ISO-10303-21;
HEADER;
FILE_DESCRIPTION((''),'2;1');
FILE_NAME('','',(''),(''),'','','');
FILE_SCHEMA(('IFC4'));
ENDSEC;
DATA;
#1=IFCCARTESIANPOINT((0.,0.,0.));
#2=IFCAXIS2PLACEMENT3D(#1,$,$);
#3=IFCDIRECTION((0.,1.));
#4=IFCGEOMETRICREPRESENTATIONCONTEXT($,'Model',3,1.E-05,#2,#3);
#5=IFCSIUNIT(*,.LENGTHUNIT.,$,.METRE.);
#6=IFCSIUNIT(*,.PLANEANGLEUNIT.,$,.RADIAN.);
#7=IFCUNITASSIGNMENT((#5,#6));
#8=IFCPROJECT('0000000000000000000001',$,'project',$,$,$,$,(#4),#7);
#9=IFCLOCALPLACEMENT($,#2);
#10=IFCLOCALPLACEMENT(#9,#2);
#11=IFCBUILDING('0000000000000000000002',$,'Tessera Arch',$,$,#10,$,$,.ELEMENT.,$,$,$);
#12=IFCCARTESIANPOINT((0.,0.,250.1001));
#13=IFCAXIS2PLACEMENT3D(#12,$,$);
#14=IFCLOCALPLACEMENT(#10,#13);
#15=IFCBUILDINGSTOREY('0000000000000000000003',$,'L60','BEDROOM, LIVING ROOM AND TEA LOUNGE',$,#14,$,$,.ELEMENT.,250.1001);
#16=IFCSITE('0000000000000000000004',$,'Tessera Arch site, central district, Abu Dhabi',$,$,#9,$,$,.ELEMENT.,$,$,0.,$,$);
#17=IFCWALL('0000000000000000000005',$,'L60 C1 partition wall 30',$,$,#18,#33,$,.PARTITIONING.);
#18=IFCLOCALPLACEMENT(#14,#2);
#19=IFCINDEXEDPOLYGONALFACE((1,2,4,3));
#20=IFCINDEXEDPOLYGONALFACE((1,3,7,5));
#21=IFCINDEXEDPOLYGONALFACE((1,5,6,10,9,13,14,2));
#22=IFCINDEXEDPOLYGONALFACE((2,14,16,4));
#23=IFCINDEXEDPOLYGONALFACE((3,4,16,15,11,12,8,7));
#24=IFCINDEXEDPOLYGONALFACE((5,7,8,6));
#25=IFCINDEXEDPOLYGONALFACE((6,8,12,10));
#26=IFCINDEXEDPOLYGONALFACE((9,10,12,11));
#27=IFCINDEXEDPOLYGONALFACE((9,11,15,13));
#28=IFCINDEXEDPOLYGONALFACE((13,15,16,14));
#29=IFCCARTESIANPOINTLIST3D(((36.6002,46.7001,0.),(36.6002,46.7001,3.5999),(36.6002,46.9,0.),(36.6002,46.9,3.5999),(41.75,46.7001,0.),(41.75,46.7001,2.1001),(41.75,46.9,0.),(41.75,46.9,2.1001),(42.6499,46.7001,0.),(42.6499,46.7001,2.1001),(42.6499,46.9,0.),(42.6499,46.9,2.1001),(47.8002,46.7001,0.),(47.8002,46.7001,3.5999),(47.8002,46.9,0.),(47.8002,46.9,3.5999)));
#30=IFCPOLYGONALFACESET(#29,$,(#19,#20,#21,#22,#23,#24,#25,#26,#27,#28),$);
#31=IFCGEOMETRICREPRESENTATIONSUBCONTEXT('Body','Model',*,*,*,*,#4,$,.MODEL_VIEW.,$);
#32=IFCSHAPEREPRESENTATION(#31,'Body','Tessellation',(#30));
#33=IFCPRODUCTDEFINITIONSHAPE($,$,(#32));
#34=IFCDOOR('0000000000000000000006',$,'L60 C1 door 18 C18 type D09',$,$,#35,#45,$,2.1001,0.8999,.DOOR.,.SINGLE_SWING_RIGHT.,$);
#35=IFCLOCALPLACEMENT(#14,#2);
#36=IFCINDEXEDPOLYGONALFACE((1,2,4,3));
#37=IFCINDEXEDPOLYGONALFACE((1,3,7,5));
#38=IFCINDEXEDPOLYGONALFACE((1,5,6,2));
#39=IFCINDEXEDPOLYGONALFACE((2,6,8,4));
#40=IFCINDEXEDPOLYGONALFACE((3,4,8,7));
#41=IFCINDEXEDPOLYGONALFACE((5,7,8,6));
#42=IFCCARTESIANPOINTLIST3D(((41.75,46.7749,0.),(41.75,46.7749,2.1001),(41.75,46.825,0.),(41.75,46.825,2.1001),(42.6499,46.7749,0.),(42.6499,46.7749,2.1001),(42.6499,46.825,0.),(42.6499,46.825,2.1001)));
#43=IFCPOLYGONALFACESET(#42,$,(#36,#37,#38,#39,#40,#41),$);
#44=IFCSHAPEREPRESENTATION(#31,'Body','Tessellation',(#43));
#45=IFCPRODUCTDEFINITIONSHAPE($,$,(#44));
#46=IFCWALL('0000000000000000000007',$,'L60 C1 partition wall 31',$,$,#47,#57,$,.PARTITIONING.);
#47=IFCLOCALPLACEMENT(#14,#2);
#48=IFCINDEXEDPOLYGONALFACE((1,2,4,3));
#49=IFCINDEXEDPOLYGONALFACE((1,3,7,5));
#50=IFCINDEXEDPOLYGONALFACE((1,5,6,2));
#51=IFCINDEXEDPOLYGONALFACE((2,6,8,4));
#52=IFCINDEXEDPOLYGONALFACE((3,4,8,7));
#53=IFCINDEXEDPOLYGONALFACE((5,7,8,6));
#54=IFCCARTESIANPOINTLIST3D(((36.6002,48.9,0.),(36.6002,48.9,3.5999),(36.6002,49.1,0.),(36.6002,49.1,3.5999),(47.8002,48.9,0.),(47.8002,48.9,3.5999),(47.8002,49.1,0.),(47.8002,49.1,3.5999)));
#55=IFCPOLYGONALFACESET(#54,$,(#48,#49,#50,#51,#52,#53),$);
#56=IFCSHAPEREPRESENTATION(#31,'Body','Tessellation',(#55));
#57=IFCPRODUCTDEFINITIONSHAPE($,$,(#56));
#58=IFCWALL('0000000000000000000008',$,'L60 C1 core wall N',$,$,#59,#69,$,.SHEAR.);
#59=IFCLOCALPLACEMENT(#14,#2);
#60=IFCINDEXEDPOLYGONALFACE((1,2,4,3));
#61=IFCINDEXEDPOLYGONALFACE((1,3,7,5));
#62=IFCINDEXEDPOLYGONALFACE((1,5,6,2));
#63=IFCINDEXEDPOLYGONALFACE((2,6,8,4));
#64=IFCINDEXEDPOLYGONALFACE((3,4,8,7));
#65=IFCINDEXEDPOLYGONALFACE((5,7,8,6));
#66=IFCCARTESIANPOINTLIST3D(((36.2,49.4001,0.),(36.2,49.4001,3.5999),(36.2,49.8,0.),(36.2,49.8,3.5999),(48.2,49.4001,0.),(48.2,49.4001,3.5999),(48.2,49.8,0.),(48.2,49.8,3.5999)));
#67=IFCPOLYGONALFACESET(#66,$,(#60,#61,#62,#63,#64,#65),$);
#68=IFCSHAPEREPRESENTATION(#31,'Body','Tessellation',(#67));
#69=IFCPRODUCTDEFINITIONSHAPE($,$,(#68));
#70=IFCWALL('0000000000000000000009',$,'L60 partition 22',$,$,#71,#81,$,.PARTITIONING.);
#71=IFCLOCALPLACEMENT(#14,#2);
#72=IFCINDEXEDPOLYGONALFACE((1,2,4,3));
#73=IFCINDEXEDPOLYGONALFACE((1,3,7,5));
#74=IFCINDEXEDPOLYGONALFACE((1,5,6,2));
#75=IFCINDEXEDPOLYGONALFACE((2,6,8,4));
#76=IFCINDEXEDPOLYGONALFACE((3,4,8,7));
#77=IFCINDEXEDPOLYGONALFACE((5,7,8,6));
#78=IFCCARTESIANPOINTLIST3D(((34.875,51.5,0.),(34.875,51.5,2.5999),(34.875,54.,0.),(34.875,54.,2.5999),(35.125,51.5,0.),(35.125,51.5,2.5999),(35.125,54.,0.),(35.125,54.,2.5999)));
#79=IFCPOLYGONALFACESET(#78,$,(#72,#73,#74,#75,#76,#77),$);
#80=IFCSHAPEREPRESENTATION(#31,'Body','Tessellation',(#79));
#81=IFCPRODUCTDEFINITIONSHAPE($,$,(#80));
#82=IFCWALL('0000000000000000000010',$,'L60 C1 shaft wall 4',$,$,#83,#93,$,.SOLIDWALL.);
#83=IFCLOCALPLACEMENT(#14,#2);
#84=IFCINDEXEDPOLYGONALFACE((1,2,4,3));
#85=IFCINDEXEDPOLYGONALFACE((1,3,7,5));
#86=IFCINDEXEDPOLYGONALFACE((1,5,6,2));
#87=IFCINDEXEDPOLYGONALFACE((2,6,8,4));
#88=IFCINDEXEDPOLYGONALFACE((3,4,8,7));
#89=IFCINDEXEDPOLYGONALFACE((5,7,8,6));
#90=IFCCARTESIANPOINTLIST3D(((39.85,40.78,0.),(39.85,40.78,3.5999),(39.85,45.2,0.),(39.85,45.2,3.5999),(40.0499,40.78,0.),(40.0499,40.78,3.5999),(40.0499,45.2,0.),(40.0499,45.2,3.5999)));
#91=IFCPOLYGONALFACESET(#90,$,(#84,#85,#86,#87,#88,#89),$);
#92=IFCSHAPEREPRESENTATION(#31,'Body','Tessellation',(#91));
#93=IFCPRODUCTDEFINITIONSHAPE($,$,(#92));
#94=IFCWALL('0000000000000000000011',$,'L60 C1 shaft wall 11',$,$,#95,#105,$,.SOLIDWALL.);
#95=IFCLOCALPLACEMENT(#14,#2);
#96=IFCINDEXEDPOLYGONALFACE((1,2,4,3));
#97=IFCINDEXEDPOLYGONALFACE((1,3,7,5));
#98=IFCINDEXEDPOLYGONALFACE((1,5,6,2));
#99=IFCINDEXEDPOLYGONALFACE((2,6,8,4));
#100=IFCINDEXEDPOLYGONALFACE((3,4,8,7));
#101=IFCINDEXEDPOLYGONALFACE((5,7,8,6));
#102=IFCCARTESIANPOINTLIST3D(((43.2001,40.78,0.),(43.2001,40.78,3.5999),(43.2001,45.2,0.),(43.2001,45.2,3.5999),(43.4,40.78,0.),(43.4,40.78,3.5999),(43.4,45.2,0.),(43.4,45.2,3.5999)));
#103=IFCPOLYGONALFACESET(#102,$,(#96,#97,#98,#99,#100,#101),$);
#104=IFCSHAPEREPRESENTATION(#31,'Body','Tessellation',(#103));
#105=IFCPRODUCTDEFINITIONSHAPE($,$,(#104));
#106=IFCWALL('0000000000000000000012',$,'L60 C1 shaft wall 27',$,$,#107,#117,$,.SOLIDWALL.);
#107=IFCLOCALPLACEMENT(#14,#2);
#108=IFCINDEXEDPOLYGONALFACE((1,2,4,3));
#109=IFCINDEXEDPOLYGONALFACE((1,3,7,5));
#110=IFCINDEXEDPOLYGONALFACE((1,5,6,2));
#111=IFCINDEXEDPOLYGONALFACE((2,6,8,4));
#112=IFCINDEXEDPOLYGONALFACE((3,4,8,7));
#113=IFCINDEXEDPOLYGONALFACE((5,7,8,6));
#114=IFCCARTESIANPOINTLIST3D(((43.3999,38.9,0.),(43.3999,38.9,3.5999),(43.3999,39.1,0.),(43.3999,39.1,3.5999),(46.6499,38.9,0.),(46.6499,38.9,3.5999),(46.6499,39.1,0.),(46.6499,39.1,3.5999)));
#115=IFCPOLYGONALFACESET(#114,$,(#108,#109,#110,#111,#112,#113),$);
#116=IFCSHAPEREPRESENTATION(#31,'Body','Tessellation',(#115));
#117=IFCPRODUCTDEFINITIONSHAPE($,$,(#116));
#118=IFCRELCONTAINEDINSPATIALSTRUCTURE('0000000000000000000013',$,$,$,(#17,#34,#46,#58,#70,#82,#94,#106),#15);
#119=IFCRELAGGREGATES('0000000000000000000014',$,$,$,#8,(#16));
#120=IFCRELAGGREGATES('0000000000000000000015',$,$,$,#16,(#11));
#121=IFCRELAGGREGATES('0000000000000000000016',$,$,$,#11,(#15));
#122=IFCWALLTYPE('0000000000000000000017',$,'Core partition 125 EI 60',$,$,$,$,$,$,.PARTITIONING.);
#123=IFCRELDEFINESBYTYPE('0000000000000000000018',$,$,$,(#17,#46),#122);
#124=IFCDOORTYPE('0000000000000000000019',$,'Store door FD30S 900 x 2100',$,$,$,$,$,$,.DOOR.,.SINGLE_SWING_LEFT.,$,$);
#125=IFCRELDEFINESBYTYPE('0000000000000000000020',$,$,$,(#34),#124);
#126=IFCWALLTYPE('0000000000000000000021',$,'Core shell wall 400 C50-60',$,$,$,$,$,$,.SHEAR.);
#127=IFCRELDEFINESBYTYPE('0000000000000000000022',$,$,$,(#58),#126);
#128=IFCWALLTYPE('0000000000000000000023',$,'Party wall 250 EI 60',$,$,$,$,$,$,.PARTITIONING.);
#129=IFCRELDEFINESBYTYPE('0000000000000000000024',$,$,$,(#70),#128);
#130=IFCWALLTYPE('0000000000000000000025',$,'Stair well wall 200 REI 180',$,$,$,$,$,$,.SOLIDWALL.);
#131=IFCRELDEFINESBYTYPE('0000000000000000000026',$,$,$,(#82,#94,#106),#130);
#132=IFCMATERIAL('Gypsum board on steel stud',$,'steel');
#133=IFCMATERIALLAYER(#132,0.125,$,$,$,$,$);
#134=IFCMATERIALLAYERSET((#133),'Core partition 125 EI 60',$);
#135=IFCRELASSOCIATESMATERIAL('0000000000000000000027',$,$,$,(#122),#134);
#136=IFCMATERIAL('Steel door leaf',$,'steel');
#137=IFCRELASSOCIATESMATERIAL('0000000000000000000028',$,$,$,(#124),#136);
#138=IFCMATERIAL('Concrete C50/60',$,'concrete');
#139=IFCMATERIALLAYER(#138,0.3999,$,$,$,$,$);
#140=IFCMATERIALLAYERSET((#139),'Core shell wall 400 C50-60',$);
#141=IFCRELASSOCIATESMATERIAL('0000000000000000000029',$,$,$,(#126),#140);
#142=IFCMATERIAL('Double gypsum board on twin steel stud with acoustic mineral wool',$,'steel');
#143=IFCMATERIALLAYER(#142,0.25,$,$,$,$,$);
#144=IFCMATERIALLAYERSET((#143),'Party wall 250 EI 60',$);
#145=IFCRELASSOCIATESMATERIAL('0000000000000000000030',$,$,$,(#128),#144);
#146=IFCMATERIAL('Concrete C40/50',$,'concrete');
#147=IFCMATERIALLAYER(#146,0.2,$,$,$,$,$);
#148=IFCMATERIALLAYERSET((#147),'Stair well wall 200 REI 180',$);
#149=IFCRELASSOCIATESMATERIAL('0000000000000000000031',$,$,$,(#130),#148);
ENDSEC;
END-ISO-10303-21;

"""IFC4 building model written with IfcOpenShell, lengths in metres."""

from ifc_helpers import new_model, si_unit, direction, frame, frame_2d, origin, place, context, subcontext, project, spatial, rectangle, extrude, material, layer, layer_set, type_object, element, fill, save


model = new_model("IFC4")

# Units and contexts
model_context = context("Model", 3, precision=1e-05, world=origin(), true_north=direction((0.0, 1.0)))
body_context = subcontext(model_context, "Body", "Model", "MODEL_VIEW")
ifc_project = project(units=[si_unit("LENGTHUNIT", "METRE"), si_unit("PLANEANGLEUNIT", "RADIAN")], contexts=[model_context])

# Site, building, storey
site_placement = place(None, origin())
site = spatial("IfcSite", under=ifc_project, at=site_placement, Name="Tessera Arch site, central district, Abu Dhabi", CompositionType="ELEMENT", RefElevation=0.0)
building_placement = place(site_placement, origin())
building = spatial("IfcBuilding", under=site, at=building_placement, Name="Tessera Arch", CompositionType="ELEMENT")
storey_placement = place(building_placement, frame((0.0, 0.0, 250.1001)))
storey = spatial("IfcBuildingStorey", under=building, at=storey_placement, Name="L60", Description="BEDROOM, LIVING ROOM AND TEA LOUNGE", CompositionType="ELEMENT", Elevation=250.1001)

# Wall, opening, door
ifc_material_1 = material(Name="Gypsum board on steel stud", Category="steel")
ifc_layer_1 = layer(ifc_material_1, 0.125)
ifc_layer_set_1 = layer_set([ifc_layer_1], Name="Core partition 125 EI 60")
wall_type_1 = type_object("IfcWallType", Name="Core partition 125 EI 60", PredefinedType="PARTITIONING", material=ifc_layer_set_1)
wall_1_placement = place(storey_placement, frame((36.6001, 46.8, 0.0), z_axis=(0.0, 0.0, 1.0), x_axis=(1.0, 0.0, 0.0)))
wall_1 = element("IfcWall", 1, at=wall_1_placement, inside=storey, type_object=wall_type_1, Name="L60 C1 partition wall 30", PredefinedType="PARTITIONING", context=body_context, shape_type="SweptSolid", body=[
    extrude(rectangle(XDim=11.2, YDim=0.2, at=frame_2d((5.6001, 0.0))), origin(), (0.0, 0.0, 1.0), 3.5999),
])
opening_1_placement = place(wall_1_placement, frame((5.1499, 0.0, 0.0)))
opening_1 = element("IfcOpeningElement", 2, at=opening_1_placement, cuts=wall_1, PredefinedType="OPENING", context=body_context, shape_type="SweptSolid", body=[
    extrude(rectangle(XDim=0.8999, YDim=2.1001, at=frame_2d((0.45, 1.05))), frame((0.0, 0.1099, 0.0), z_axis=(0.0, -1.0, 0.0), x_axis=(1.0, 0.0, 0.0)), (0.0, 0.0, 1.0), 0.22),
])
ifc_material_2 = material(Name="Steel door leaf", Category="steel")
door_type_1 = type_object("IfcDoorType", Name="Store door FD30S 900 x 2100", OperationType="SINGLE_SWING_LEFT", PredefinedType="DOOR", material=ifc_material_2)
door_1_placement = place(opening_1_placement, origin())
door_1 = element("IfcDoor", 3, at=door_1_placement, inside=storey, type_object=door_type_1, Name="L60 C1 door 18 C18 type D09", OperationType="SINGLE_SWING_RIGHT", OverallHeight=2.1001, OverallWidth=0.8999, PredefinedType="DOOR", context=body_context, shape_type="SweptSolid", body=[
    extrude(rectangle(XDim=0.8999, YDim=2.1001, at=frame_2d((0.45, 1.05))), frame((0.0, 0.0249, 0.0), z_axis=(0.0, -1.0, 0.0), x_axis=(1.0, 0.0, 0.0)), (0.0, 0.0, 1.0), 0.05),
])
fill(opening_1, door_1)

# Walls
wall_2_placement = place(storey_placement, frame((36.6001, 49.0, 0.0), z_axis=(0.0, 0.0, 1.0), x_axis=(1.0, 0.0, 0.0)))
element("IfcWall", 4, at=wall_2_placement, inside=storey, type_object=wall_type_1, Name="L60 C1 partition wall 31", PredefinedType="PARTITIONING", context=body_context, shape_type="SweptSolid", body=[
    extrude(rectangle(XDim=11.2, YDim=0.2, at=frame_2d((5.6001, 0.0))), origin(), (0.0, 0.0, 1.0), 3.5999),
])
ifc_material_3 = material(Name="Concrete C50/60", Category="concrete")
ifc_layer_2 = layer(ifc_material_3, 0.3999)
ifc_layer_set_2 = layer_set([ifc_layer_2], Name="Core shell wall 400 C50-60")
wall_type_2 = type_object("IfcWallType", Name="Core shell wall 400 C50-60", PredefinedType="SHEAR", material=ifc_layer_set_2)
wall_3_placement = place(storey_placement, frame((36.2, 49.6001, 0.0), z_axis=(0.0, 0.0, 1.0), x_axis=(1.0, 0.0, 0.0)))
element("IfcWall", 5, at=wall_3_placement, inside=storey, type_object=wall_type_2, Name="L60 C1 core wall N", PredefinedType="SHEAR", context=body_context, shape_type="SweptSolid", body=[
    extrude(rectangle(XDim=12.0, YDim=0.3999, at=frame_2d((6.0, 0.0))), origin(), (0.0, 0.0, 1.0), 3.5999),
])
ifc_material_4 = material(Name="Double gypsum board on twin steel stud with acoustic mineral wool", Category="steel")
ifc_layer_3 = layer(ifc_material_4, 0.25)
ifc_layer_set_3 = layer_set([ifc_layer_3], Name="Party wall 250 EI 60")
wall_type_3 = type_object("IfcWallType", Name="Party wall 250 EI 60", PredefinedType="PARTITIONING", material=ifc_layer_set_3)
wall_4_placement = place(storey_placement, frame((35.0, 51.5, 0.0), z_axis=(0.0, 0.0, 1.0), x_axis=(0.0, 1.0, 0.0)))
element("IfcWall", 6, at=wall_4_placement, inside=storey, type_object=wall_type_3, Name="L60 partition 22", PredefinedType="PARTITIONING", context=body_context, shape_type="SweptSolid", body=[
    extrude(rectangle(XDim=2.5, YDim=0.25, at=frame_2d((1.25, 0.0))), origin(), (0.0, 0.0, 1.0), 2.5999),
])
ifc_material_5 = material(Name="Concrete C40/50", Category="concrete")
ifc_layer_4 = layer(ifc_material_5, 0.2)
ifc_layer_set_4 = layer_set([ifc_layer_4], Name="Stair well wall 200 REI 180")
wall_type_4 = type_object("IfcWallType", Name="Stair well wall 200 REI 180", PredefinedType="SOLIDWALL", material=ifc_layer_set_4)
for number, where, z_axis, x_axis, name in (
    (7, (39.95, 40.78, 0.0), (0.0, 0.0, 1.0), (0.0, 1.0, 0.0), "L60 C1 shaft wall 4"),
    (8, (43.3, 40.78, 0.0), (0.0, 0.0, 1.0), (0.0, 1.0, 0.0), "L60 C1 shaft wall 11"),
):
    element("IfcWall", number, at=place(storey_placement, frame(where, z_axis=z_axis, x_axis=x_axis)), inside=storey, type_object=wall_type_4, Name=name, PredefinedType="SOLIDWALL", context=body_context, shape_type="SweptSolid", body=[
        extrude(rectangle(XDim=4.4199, YDim=0.2, at=frame_2d((2.21, 0.0))), origin(), (0.0, 0.0, 1.0), 3.5999),
    ])
wall_5_placement = place(storey_placement, frame((43.3999, 39.0, 0.0), z_axis=(0.0, 0.0, 1.0), x_axis=(1.0, 0.0, 0.0)))
element("IfcWall", 9, at=wall_5_placement, inside=storey, type_object=wall_type_4, Name="L60 C1 shaft wall 27", PredefinedType="SOLIDWALL", context=body_context, shape_type="SweptSolid", body=[
    extrude(rectangle(XDim=3.25, YDim=0.2, at=frame_2d((1.625, 0.0))), origin(), (0.0, 0.0, 1.0), 3.5999),
])

save(model, "model.ifc")
